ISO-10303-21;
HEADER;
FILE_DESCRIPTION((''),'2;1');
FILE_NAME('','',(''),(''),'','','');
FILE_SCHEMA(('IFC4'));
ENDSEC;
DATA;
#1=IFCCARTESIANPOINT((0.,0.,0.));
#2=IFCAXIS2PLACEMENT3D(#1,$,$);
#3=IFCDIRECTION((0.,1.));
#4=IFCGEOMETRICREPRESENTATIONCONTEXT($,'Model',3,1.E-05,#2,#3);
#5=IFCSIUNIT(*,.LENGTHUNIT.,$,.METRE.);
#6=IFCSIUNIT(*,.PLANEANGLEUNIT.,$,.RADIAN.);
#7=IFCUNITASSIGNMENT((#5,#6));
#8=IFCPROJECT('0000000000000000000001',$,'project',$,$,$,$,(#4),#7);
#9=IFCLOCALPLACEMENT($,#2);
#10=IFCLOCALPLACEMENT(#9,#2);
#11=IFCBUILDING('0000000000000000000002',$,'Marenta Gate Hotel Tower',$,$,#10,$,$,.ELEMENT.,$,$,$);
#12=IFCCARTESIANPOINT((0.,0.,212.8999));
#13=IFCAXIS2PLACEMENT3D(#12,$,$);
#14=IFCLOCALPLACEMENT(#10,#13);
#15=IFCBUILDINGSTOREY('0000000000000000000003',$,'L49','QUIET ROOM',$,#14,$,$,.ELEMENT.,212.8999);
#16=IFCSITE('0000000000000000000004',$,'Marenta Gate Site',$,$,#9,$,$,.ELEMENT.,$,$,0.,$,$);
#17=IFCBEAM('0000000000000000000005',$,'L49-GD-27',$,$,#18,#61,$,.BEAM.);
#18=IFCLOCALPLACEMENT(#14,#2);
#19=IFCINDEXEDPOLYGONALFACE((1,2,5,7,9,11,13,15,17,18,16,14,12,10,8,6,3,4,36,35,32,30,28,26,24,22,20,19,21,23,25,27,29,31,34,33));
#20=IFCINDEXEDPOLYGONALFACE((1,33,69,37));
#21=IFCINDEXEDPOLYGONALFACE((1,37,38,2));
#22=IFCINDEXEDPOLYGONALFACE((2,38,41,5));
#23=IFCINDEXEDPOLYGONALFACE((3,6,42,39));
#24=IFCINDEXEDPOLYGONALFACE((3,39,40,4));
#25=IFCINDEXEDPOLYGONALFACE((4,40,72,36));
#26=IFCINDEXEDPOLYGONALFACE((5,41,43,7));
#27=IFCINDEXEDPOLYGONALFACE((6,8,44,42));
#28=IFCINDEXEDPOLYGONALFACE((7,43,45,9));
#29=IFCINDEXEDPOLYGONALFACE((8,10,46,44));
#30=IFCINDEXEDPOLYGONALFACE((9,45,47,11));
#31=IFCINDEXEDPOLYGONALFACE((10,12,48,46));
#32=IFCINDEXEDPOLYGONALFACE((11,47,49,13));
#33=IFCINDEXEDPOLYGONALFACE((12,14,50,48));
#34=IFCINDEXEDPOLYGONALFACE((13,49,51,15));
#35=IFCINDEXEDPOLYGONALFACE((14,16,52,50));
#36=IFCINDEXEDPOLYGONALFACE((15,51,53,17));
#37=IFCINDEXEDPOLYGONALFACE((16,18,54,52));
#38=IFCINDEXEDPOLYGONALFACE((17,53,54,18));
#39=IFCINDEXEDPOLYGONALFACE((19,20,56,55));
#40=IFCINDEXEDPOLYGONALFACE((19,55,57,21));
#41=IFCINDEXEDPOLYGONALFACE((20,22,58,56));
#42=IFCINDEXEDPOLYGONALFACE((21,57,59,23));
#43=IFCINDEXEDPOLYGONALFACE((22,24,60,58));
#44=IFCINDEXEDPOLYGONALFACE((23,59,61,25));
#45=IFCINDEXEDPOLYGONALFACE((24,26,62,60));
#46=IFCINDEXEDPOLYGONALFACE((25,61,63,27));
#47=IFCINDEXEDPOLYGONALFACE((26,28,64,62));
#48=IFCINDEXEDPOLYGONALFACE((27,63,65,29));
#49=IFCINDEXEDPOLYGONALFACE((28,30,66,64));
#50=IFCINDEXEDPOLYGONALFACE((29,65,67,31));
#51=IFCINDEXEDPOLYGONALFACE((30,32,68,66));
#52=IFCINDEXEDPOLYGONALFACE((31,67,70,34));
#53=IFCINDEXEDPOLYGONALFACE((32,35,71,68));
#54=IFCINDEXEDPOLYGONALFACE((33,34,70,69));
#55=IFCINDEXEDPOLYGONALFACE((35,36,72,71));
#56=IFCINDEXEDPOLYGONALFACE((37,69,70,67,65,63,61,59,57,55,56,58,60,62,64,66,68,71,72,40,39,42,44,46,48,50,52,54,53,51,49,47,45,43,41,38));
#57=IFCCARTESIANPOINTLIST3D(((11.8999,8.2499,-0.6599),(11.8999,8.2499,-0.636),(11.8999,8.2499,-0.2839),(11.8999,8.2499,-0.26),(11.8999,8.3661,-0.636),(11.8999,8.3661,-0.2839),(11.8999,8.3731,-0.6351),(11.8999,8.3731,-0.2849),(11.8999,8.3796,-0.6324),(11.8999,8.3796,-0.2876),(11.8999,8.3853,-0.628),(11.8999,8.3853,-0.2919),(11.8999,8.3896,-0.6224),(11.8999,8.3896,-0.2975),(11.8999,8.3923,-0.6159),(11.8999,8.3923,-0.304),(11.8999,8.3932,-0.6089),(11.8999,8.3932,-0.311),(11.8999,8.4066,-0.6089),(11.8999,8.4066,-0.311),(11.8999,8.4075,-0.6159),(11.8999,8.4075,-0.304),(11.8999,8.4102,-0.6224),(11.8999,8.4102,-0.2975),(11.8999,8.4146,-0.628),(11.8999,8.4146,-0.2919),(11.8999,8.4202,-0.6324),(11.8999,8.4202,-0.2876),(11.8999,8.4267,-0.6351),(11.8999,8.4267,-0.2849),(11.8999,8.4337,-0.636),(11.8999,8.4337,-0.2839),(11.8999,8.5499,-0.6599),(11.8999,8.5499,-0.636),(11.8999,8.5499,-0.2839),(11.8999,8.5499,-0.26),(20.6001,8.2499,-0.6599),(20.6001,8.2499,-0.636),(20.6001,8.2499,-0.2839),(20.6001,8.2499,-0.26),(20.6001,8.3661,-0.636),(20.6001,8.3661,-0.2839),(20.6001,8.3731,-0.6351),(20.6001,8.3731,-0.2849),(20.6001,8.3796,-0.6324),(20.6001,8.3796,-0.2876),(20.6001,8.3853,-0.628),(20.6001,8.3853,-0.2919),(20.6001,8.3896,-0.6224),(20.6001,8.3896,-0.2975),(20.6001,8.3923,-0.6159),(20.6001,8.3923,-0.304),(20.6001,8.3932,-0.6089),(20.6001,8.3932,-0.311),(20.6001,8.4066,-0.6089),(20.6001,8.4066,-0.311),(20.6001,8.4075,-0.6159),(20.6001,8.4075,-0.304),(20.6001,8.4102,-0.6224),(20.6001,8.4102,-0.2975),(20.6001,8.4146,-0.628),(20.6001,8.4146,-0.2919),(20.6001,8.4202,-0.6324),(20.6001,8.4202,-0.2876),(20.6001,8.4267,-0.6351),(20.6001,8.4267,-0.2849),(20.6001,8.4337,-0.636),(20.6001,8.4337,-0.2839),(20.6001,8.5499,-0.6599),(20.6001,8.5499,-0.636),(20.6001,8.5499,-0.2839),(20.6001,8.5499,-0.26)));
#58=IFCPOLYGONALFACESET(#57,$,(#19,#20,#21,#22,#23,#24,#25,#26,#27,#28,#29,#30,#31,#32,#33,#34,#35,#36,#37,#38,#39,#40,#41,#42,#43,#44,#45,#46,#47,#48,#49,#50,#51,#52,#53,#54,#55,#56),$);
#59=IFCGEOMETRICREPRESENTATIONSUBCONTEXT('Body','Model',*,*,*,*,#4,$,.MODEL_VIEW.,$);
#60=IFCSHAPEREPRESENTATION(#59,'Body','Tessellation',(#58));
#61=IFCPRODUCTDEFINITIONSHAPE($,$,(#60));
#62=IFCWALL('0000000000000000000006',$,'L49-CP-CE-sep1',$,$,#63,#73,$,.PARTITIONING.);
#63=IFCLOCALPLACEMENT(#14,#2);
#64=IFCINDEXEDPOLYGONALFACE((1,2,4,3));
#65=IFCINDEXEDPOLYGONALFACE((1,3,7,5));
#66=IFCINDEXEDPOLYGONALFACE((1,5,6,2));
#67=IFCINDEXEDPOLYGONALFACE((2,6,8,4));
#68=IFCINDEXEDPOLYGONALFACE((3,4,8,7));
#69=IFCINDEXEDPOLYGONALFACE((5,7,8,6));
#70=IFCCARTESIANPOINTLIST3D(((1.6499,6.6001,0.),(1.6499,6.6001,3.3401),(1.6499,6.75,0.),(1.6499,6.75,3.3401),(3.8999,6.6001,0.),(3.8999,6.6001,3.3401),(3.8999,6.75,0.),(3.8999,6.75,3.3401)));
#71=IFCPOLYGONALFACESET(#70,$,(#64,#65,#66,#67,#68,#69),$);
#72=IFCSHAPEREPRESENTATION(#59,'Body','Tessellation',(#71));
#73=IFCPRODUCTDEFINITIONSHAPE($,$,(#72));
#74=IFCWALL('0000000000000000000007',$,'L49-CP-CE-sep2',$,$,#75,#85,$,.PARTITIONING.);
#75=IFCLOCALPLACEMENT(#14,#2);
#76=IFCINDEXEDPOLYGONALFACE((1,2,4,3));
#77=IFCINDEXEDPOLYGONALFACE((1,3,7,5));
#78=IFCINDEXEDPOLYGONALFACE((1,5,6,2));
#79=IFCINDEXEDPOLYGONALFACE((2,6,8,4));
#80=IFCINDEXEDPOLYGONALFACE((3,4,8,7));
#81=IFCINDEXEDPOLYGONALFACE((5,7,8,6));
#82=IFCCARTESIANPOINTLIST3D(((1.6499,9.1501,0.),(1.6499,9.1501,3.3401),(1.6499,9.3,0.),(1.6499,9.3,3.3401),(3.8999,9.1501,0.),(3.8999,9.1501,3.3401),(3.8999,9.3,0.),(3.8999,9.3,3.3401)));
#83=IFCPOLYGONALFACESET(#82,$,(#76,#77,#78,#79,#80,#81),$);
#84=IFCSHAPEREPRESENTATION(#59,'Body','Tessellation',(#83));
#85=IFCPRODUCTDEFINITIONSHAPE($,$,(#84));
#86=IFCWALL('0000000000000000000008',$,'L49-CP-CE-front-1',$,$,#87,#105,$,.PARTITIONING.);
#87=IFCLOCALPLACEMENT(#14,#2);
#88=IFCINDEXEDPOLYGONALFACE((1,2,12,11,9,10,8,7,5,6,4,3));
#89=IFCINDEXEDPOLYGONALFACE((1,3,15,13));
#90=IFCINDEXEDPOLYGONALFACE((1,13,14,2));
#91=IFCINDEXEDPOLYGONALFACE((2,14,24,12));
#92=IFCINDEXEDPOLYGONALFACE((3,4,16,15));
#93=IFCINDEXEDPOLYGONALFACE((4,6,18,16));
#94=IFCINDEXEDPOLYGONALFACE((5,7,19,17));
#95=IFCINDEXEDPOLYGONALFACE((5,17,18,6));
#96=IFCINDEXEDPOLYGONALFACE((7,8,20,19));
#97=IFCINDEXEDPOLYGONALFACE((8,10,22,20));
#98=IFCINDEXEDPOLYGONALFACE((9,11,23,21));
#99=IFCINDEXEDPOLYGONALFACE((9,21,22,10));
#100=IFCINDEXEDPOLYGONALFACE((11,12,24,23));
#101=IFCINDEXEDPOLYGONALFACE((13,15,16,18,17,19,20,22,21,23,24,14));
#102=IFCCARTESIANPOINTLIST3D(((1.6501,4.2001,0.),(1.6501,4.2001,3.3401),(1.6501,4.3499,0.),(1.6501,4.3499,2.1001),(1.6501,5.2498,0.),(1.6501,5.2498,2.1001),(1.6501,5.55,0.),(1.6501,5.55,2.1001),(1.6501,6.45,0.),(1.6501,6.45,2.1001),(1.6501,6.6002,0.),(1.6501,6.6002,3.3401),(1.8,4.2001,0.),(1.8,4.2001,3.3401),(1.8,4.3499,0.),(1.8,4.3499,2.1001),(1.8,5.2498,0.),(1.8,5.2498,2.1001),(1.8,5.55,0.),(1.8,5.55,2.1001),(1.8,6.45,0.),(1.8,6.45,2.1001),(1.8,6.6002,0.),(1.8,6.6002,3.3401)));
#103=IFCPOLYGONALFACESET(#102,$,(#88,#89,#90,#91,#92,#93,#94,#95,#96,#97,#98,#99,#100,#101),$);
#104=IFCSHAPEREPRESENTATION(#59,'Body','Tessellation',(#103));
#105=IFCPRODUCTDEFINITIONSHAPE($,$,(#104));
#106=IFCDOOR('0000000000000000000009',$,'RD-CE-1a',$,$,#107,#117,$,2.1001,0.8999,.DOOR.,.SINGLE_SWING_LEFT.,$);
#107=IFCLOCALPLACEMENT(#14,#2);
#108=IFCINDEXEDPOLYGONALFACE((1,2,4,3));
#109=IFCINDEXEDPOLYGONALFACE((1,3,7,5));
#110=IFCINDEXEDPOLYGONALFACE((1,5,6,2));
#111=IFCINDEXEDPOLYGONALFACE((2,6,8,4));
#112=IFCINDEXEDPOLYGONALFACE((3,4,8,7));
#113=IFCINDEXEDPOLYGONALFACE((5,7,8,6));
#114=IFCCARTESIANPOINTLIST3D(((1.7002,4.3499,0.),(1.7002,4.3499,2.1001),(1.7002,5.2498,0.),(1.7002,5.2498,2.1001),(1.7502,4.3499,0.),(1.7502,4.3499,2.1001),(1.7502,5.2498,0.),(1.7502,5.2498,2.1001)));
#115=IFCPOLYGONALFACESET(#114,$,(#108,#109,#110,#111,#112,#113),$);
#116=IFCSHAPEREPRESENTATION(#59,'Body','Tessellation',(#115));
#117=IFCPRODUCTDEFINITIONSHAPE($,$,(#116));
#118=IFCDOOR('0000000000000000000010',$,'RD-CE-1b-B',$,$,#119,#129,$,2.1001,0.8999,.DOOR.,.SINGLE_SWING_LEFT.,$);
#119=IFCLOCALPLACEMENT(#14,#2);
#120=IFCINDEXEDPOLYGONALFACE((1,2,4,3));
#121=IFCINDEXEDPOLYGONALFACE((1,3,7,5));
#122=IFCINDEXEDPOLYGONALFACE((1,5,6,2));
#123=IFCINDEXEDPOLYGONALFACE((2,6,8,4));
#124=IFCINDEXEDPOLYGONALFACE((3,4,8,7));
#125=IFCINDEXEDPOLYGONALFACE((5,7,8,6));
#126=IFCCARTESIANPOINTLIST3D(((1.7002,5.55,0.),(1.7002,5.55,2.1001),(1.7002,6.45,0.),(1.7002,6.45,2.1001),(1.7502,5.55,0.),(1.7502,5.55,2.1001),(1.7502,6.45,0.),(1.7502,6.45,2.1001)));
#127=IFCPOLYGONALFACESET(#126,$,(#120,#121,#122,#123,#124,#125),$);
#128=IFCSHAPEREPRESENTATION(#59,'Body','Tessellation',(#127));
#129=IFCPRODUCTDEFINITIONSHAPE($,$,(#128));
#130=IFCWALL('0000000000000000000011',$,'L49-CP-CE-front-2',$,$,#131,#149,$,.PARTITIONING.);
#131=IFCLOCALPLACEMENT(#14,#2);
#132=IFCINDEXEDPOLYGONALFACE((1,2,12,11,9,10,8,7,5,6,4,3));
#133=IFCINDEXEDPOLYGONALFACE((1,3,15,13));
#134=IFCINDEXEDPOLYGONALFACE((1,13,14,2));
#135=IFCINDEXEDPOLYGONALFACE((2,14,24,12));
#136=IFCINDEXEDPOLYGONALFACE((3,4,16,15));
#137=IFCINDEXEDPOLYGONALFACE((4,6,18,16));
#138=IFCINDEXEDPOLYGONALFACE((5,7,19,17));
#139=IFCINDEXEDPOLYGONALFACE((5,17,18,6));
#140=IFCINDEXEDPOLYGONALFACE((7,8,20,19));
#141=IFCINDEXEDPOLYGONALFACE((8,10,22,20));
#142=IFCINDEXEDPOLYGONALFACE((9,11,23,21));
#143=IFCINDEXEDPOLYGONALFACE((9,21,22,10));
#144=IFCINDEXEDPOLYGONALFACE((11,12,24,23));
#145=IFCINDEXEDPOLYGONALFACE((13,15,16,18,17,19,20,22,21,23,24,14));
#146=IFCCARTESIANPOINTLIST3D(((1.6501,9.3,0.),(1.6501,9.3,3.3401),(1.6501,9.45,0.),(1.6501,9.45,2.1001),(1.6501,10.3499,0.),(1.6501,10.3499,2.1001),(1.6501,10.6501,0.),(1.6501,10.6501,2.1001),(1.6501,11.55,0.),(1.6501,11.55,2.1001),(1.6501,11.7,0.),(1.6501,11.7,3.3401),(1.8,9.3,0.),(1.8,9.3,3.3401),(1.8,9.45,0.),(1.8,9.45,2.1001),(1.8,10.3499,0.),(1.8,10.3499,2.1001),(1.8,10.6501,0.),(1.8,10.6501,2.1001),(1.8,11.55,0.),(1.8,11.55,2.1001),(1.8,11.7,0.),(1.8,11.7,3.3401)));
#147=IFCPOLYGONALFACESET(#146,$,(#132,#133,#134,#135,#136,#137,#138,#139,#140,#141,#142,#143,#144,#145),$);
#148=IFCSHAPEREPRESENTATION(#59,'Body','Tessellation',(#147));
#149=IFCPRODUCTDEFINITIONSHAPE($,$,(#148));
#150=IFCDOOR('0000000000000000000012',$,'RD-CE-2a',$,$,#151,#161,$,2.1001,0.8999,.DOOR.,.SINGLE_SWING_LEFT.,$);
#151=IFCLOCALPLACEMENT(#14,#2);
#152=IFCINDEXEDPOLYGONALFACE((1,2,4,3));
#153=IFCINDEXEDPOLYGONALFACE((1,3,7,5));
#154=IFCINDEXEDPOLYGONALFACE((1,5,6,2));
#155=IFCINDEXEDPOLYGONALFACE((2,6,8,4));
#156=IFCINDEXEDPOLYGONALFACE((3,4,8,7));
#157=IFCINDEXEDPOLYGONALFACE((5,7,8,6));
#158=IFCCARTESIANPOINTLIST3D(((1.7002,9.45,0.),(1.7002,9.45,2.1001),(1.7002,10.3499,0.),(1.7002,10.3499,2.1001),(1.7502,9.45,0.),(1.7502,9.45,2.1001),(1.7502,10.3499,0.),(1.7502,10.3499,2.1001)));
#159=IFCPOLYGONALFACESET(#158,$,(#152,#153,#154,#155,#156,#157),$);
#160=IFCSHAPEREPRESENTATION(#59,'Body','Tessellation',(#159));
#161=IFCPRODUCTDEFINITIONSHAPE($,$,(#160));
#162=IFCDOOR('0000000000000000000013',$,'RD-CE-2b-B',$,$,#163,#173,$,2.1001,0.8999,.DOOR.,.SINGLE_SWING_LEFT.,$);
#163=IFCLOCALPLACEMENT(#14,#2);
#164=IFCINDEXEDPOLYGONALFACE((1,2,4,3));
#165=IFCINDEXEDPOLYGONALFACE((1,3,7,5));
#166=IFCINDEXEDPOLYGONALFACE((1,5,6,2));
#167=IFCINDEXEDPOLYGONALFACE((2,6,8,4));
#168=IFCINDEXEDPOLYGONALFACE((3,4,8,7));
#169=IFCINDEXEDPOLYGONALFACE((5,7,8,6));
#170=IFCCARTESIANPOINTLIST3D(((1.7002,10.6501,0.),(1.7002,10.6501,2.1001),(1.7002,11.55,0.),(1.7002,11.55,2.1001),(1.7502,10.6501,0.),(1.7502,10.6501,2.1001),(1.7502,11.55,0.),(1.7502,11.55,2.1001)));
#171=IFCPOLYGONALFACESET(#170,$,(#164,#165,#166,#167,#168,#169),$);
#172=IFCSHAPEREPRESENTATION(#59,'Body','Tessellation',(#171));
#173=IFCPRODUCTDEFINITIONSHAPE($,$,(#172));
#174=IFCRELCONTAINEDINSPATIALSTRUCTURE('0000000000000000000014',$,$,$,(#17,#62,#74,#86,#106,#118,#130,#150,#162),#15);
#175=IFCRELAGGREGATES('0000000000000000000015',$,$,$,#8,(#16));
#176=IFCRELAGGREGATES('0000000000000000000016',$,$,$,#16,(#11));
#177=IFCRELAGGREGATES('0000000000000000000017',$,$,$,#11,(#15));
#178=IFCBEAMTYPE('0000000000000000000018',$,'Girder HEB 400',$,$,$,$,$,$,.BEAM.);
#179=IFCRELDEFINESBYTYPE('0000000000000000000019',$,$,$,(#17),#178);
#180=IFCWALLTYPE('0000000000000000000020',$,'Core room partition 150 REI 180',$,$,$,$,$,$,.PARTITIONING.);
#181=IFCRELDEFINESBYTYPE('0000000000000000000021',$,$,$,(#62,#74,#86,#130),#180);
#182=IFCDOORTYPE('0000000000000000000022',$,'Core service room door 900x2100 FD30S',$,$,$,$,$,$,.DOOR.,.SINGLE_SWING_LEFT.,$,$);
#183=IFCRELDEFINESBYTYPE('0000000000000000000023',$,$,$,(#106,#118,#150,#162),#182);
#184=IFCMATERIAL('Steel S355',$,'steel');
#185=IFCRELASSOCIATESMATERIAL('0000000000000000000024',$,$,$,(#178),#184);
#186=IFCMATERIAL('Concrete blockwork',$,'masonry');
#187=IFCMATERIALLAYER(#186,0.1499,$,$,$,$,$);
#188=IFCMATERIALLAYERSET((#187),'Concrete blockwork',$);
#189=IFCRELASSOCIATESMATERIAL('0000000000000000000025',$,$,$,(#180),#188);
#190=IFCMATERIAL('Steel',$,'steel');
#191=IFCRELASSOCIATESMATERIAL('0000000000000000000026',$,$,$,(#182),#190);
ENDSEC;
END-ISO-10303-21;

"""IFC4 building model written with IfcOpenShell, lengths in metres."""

from ifc_helpers import new_model, si_unit, direction, frame, frame_2d, origin, origin_2d, place, context, subcontext, project, spatial, rectangle, i_section, extrude, material, layer, layer_set, material_profile, profile_set, type_object, element, fill, save


model = new_model("IFC4")

# Units and contexts
model_context = context("Model", 3, precision=1e-05, world=origin(), true_north=direction((0.0, 1.0)))
body_context = subcontext(model_context, "Body", "Model", "MODEL_VIEW")
ifc_project = project(units=[si_unit("LENGTHUNIT", "METRE"), si_unit("PLANEANGLEUNIT", "RADIAN")], contexts=[model_context])

# Site, building, storey
site_placement = place(None, origin())
site = spatial("IfcSite", under=ifc_project, at=site_placement, Name="Marenta Gate Site", CompositionType="ELEMENT", RefElevation=0.0)
building_placement = place(site_placement, origin())
building = spatial("IfcBuilding", under=site, at=building_placement, Name="Marenta Gate Hotel Tower", CompositionType="ELEMENT")
storey_placement = place(building_placement, frame((0.0, 0.0, 212.8999)))
storey = spatial("IfcBuildingStorey", under=building, at=storey_placement, Name="L49", Description="QUIET ROOM", CompositionType="ELEMENT", Elevation=212.8999)

# Beam
ifc_material_1 = material(Name="Steel S355", Category="steel")
ifc_material_profile = material_profile(ifc_material_1, i_section(OverallWidth=0.3, OverallDepth=0.3999, WebThickness=0.0134, FlangeThickness=0.0239, FilletRadius=0.0271, at=origin_2d()), Name="HEB 400")
ifc_profile_set = profile_set([ifc_material_profile], Name="Steel S355")
beam_type = type_object("IfcBeamType", Name="Girder HEB 400", PredefinedType="BEAM", material=ifc_profile_set)
beam_placement = place(storey_placement, frame((11.8999, 8.3999, -0.46), z_axis=(1.0, 0.0, 0.0), x_axis=(0.0, 1.0, 0.0)))
element("IfcBeam", 1, at=beam_placement, inside=storey, type_object=beam_type, Name="L49-GD-27", PredefinedType="BEAM", context=body_context, shape_type="SweptSolid", body=[
    extrude(i_section(OverallWidth=0.3, OverallDepth=0.3999, WebThickness=0.0134, FlangeThickness=0.0239, FilletRadius=0.0271, at=origin_2d()), origin(), (0.0, 0.0, 1.0), 8.7002),
])

# Walls
ifc_material_2 = material(Name="Concrete blockwork", Category="masonry")
ifc_layer_1 = layer(ifc_material_2, 0.1499)
ifc_layer_set_1 = layer_set([ifc_layer_1], Name="Concrete blockwork")
wall_type_1 = type_object("IfcWallType", Name="Core room partition 150 REI 180", PredefinedType="PARTITIONING", material=ifc_layer_set_1)
for number, where, z_axis, x_axis, name in (
    (2, (1.6499, 6.675, 0.0), (0.0, 0.0, 1.0), (1.0, 0.0, 0.0), "L49-CP-CE-sep1"),
    (3, (1.6499, 9.2251, 0.0), (0.0, 0.0, 1.0), (1.0, 0.0, 0.0), "L49-CP-CE-sep2"),
):
    element("IfcWall", number, at=place(storey_placement, frame(where, z_axis=z_axis, x_axis=x_axis)), inside=storey, type_object=wall_type_1, Name=name, PredefinedType="PARTITIONING", context=body_context, shape_type="SweptSolid", body=[
        extrude(rectangle(XDim=2.25, YDim=0.1499, at=frame_2d((1.125, 0.0))), origin(), (0.0, 0.0, 1.0), 3.3401),
    ])

# Walls, openings, doors
wall_1_placement = place(storey_placement, frame((1.7251, 4.2, 0.0), z_axis=(0.0, 0.0, 1.0), x_axis=(0.0, 1.0, 0.0)))
wall_1 = element("IfcWall", 4, at=wall_1_placement, inside=storey, type_object=wall_type_1, Name="L49-CP-CE-front-1", PredefinedType="PARTITIONING", context=body_context, shape_type="SweptSolid", body=[
    extrude(rectangle(XDim=2.4001, YDim=0.1499, at=frame_2d((1.2002, 0.0))), origin(), (0.0, 0.0, 1.0), 3.3401),
])
opening_1_placement = place(wall_1_placement, frame((0.1499, 0.0, 0.0)))
opening_1 = element("IfcOpeningElement", 5, at=opening_1_placement, cuts=wall_1, PredefinedType="OPENING", context=body_context, shape_type="SweptSolid", body=[
    extrude(rectangle(XDim=0.8999, YDim=2.1001, at=frame_2d((0.45, 1.05))), frame((0.0, 0.075, 0.0), z_axis=(0.0, -1.0, 0.0), x_axis=(1.0, 0.0, 0.0)), (0.0, 0.0, 1.0), 0.1499),
])
opening_2_placement = place(wall_1_placement, frame((1.3501, 0.0, 0.0)))
opening_2 = element("IfcOpeningElement", 6, at=opening_2_placement, cuts=wall_1, PredefinedType="OPENING", context=body_context, shape_type="SweptSolid", body=[
    extrude(rectangle(XDim=0.8999, YDim=2.1001, at=frame_2d((0.45, 1.05))), frame((0.0, 0.075, 0.0), z_axis=(0.0, -1.0, 0.0), x_axis=(1.0, 0.0, 0.0)), (0.0, 0.0, 1.0), 0.1499),
])
ifc_material_3 = material(Name="Steel", Category="steel")
door_type_1 = type_object("IfcDoorType", Name="Core service room door 900x2100 FD30S", OperationType="SINGLE_SWING_LEFT", PredefinedType="DOOR", material=ifc_material_3)
door_1_placement = place(opening_1_placement, origin())
door_1 = element("IfcDoor", 7, at=door_1_placement, inside=storey, type_object=door_type_1, Name="RD-CE-1a", OperationType="SINGLE_SWING_LEFT", OverallHeight=2.1001, OverallWidth=0.8999, PredefinedType="DOOR", context=body_context, shape_type="SweptSolid", body=[
    extrude(rectangle(XDim=0.8999, YDim=2.1001, at=frame_2d((0.45, 1.05))), frame((0.0, 0.0249, 0.0), z_axis=(0.0, -1.0, 0.0), x_axis=(1.0, 0.0, 0.0)), (0.0, 0.0, 1.0), 0.05),
])
fill(opening_1, door_1)
door_2_placement = place(opening_2_placement, origin())
door_2 = element("IfcDoor", 8, at=door_2_placement, inside=storey, type_object=door_type_1, Name="RD-CE-1b-B", OperationType="SINGLE_SWING_LEFT", OverallHeight=2.1001, OverallWidth=0.8999, PredefinedType="DOOR", context=body_context, shape_type="SweptSolid", body=[
    extrude(rectangle(XDim=0.8999, YDim=2.1001, at=frame_2d((0.45, 1.05))), frame((0.0, 0.0249, 0.0), z_axis=(0.0, -1.0, 0.0), x_axis=(1.0, 0.0, 0.0)), (0.0, 0.0, 1.0), 0.05),
])
fill(opening_2, door_2)
wall_2_placement = place(storey_placement, frame((1.7251, 9.3, 0.0), z_axis=(0.0, 0.0, 1.0), x_axis=(0.0, 1.0, 0.0)))
wall_2 = element("IfcWall", 9, at=wall_2_placement, inside=storey, type_object=wall_type_1, Name="L49-CP-CE-front-2", PredefinedType="PARTITIONING", context=body_context, shape_type="SweptSolid", body=[
    extrude(rectangle(XDim=2.3999, YDim=0.1499, at=frame_2d((1.2, 0.0))), origin(), (0.0, 0.0, 1.0), 3.3401),
])
opening_3_placement = place(wall_2_placement, frame((0.1499, 0.0, 0.0)))
opening_3 = element("IfcOpeningElement", 10, at=opening_3_placement, cuts=wall_2, PredefinedType="OPENING", context=body_context, shape_type="SweptSolid", body=[
    extrude(rectangle(XDim=0.8999, YDim=2.1001, at=frame_2d((0.45, 1.05))), frame((0.0, 0.075, 0.0), z_axis=(0.0, -1.0, 0.0), x_axis=(1.0, 0.0, 0.0)), (0.0, 0.0, 1.0), 0.1499),
])
opening_4_placement = place(wall_2_placement, frame((1.3501, 0.0, 0.0)))
opening_4 = element("IfcOpeningElement", 11, at=opening_4_placement, cuts=wall_2, PredefinedType="OPENING", context=body_context, shape_type="SweptSolid", body=[
    extrude(rectangle(XDim=0.8999, YDim=2.1001, at=frame_2d((0.45, 1.05))), frame((0.0, 0.075, 0.0), z_axis=(0.0, -1.0, 0.0), x_axis=(1.0, 0.0, 0.0)), (0.0, 0.0, 1.0), 0.1499),
])
door_3_placement = place(opening_3_placement, origin())
door_3 = element("IfcDoor", 12, at=door_3_placement, inside=storey, type_object=door_type_1, Name="RD-CE-2a", OperationType="SINGLE_SWING_LEFT", OverallHeight=2.1001, OverallWidth=0.8999, PredefinedType="DOOR", context=body_context, shape_type="SweptSolid", body=[
    extrude(rectangle(XDim=0.8999, YDim=2.1001, at=frame_2d((0.45, 1.05))), frame((0.0, 0.0249, 0.0), z_axis=(0.0, -1.0, 0.0), x_axis=(1.0, 0.0, 0.0)), (0.0, 0.0, 1.0), 0.05),
])
fill(opening_3, door_3)
door_4_placement = place(opening_4_placement, origin())
door_4 = element("IfcDoor", 13, at=door_4_placement, inside=storey, type_object=door_type_1, Name="RD-CE-2b-B", OperationType="SINGLE_SWING_LEFT", OverallHeight=2.1001, OverallWidth=0.8999, PredefinedType="DOOR", context=body_context, shape_type="SweptSolid", body=[
    extrude(rectangle(XDim=0.8999, YDim=2.1001, at=frame_2d((0.45, 1.05))), frame((0.0, 0.0249, 0.0), z_axis=(0.0, -1.0, 0.0), x_axis=(1.0, 0.0, 0.0)), (0.0, 0.0, 1.0), 0.05),
])
fill(opening_4, door_4)

save(model, "model.ifc")
